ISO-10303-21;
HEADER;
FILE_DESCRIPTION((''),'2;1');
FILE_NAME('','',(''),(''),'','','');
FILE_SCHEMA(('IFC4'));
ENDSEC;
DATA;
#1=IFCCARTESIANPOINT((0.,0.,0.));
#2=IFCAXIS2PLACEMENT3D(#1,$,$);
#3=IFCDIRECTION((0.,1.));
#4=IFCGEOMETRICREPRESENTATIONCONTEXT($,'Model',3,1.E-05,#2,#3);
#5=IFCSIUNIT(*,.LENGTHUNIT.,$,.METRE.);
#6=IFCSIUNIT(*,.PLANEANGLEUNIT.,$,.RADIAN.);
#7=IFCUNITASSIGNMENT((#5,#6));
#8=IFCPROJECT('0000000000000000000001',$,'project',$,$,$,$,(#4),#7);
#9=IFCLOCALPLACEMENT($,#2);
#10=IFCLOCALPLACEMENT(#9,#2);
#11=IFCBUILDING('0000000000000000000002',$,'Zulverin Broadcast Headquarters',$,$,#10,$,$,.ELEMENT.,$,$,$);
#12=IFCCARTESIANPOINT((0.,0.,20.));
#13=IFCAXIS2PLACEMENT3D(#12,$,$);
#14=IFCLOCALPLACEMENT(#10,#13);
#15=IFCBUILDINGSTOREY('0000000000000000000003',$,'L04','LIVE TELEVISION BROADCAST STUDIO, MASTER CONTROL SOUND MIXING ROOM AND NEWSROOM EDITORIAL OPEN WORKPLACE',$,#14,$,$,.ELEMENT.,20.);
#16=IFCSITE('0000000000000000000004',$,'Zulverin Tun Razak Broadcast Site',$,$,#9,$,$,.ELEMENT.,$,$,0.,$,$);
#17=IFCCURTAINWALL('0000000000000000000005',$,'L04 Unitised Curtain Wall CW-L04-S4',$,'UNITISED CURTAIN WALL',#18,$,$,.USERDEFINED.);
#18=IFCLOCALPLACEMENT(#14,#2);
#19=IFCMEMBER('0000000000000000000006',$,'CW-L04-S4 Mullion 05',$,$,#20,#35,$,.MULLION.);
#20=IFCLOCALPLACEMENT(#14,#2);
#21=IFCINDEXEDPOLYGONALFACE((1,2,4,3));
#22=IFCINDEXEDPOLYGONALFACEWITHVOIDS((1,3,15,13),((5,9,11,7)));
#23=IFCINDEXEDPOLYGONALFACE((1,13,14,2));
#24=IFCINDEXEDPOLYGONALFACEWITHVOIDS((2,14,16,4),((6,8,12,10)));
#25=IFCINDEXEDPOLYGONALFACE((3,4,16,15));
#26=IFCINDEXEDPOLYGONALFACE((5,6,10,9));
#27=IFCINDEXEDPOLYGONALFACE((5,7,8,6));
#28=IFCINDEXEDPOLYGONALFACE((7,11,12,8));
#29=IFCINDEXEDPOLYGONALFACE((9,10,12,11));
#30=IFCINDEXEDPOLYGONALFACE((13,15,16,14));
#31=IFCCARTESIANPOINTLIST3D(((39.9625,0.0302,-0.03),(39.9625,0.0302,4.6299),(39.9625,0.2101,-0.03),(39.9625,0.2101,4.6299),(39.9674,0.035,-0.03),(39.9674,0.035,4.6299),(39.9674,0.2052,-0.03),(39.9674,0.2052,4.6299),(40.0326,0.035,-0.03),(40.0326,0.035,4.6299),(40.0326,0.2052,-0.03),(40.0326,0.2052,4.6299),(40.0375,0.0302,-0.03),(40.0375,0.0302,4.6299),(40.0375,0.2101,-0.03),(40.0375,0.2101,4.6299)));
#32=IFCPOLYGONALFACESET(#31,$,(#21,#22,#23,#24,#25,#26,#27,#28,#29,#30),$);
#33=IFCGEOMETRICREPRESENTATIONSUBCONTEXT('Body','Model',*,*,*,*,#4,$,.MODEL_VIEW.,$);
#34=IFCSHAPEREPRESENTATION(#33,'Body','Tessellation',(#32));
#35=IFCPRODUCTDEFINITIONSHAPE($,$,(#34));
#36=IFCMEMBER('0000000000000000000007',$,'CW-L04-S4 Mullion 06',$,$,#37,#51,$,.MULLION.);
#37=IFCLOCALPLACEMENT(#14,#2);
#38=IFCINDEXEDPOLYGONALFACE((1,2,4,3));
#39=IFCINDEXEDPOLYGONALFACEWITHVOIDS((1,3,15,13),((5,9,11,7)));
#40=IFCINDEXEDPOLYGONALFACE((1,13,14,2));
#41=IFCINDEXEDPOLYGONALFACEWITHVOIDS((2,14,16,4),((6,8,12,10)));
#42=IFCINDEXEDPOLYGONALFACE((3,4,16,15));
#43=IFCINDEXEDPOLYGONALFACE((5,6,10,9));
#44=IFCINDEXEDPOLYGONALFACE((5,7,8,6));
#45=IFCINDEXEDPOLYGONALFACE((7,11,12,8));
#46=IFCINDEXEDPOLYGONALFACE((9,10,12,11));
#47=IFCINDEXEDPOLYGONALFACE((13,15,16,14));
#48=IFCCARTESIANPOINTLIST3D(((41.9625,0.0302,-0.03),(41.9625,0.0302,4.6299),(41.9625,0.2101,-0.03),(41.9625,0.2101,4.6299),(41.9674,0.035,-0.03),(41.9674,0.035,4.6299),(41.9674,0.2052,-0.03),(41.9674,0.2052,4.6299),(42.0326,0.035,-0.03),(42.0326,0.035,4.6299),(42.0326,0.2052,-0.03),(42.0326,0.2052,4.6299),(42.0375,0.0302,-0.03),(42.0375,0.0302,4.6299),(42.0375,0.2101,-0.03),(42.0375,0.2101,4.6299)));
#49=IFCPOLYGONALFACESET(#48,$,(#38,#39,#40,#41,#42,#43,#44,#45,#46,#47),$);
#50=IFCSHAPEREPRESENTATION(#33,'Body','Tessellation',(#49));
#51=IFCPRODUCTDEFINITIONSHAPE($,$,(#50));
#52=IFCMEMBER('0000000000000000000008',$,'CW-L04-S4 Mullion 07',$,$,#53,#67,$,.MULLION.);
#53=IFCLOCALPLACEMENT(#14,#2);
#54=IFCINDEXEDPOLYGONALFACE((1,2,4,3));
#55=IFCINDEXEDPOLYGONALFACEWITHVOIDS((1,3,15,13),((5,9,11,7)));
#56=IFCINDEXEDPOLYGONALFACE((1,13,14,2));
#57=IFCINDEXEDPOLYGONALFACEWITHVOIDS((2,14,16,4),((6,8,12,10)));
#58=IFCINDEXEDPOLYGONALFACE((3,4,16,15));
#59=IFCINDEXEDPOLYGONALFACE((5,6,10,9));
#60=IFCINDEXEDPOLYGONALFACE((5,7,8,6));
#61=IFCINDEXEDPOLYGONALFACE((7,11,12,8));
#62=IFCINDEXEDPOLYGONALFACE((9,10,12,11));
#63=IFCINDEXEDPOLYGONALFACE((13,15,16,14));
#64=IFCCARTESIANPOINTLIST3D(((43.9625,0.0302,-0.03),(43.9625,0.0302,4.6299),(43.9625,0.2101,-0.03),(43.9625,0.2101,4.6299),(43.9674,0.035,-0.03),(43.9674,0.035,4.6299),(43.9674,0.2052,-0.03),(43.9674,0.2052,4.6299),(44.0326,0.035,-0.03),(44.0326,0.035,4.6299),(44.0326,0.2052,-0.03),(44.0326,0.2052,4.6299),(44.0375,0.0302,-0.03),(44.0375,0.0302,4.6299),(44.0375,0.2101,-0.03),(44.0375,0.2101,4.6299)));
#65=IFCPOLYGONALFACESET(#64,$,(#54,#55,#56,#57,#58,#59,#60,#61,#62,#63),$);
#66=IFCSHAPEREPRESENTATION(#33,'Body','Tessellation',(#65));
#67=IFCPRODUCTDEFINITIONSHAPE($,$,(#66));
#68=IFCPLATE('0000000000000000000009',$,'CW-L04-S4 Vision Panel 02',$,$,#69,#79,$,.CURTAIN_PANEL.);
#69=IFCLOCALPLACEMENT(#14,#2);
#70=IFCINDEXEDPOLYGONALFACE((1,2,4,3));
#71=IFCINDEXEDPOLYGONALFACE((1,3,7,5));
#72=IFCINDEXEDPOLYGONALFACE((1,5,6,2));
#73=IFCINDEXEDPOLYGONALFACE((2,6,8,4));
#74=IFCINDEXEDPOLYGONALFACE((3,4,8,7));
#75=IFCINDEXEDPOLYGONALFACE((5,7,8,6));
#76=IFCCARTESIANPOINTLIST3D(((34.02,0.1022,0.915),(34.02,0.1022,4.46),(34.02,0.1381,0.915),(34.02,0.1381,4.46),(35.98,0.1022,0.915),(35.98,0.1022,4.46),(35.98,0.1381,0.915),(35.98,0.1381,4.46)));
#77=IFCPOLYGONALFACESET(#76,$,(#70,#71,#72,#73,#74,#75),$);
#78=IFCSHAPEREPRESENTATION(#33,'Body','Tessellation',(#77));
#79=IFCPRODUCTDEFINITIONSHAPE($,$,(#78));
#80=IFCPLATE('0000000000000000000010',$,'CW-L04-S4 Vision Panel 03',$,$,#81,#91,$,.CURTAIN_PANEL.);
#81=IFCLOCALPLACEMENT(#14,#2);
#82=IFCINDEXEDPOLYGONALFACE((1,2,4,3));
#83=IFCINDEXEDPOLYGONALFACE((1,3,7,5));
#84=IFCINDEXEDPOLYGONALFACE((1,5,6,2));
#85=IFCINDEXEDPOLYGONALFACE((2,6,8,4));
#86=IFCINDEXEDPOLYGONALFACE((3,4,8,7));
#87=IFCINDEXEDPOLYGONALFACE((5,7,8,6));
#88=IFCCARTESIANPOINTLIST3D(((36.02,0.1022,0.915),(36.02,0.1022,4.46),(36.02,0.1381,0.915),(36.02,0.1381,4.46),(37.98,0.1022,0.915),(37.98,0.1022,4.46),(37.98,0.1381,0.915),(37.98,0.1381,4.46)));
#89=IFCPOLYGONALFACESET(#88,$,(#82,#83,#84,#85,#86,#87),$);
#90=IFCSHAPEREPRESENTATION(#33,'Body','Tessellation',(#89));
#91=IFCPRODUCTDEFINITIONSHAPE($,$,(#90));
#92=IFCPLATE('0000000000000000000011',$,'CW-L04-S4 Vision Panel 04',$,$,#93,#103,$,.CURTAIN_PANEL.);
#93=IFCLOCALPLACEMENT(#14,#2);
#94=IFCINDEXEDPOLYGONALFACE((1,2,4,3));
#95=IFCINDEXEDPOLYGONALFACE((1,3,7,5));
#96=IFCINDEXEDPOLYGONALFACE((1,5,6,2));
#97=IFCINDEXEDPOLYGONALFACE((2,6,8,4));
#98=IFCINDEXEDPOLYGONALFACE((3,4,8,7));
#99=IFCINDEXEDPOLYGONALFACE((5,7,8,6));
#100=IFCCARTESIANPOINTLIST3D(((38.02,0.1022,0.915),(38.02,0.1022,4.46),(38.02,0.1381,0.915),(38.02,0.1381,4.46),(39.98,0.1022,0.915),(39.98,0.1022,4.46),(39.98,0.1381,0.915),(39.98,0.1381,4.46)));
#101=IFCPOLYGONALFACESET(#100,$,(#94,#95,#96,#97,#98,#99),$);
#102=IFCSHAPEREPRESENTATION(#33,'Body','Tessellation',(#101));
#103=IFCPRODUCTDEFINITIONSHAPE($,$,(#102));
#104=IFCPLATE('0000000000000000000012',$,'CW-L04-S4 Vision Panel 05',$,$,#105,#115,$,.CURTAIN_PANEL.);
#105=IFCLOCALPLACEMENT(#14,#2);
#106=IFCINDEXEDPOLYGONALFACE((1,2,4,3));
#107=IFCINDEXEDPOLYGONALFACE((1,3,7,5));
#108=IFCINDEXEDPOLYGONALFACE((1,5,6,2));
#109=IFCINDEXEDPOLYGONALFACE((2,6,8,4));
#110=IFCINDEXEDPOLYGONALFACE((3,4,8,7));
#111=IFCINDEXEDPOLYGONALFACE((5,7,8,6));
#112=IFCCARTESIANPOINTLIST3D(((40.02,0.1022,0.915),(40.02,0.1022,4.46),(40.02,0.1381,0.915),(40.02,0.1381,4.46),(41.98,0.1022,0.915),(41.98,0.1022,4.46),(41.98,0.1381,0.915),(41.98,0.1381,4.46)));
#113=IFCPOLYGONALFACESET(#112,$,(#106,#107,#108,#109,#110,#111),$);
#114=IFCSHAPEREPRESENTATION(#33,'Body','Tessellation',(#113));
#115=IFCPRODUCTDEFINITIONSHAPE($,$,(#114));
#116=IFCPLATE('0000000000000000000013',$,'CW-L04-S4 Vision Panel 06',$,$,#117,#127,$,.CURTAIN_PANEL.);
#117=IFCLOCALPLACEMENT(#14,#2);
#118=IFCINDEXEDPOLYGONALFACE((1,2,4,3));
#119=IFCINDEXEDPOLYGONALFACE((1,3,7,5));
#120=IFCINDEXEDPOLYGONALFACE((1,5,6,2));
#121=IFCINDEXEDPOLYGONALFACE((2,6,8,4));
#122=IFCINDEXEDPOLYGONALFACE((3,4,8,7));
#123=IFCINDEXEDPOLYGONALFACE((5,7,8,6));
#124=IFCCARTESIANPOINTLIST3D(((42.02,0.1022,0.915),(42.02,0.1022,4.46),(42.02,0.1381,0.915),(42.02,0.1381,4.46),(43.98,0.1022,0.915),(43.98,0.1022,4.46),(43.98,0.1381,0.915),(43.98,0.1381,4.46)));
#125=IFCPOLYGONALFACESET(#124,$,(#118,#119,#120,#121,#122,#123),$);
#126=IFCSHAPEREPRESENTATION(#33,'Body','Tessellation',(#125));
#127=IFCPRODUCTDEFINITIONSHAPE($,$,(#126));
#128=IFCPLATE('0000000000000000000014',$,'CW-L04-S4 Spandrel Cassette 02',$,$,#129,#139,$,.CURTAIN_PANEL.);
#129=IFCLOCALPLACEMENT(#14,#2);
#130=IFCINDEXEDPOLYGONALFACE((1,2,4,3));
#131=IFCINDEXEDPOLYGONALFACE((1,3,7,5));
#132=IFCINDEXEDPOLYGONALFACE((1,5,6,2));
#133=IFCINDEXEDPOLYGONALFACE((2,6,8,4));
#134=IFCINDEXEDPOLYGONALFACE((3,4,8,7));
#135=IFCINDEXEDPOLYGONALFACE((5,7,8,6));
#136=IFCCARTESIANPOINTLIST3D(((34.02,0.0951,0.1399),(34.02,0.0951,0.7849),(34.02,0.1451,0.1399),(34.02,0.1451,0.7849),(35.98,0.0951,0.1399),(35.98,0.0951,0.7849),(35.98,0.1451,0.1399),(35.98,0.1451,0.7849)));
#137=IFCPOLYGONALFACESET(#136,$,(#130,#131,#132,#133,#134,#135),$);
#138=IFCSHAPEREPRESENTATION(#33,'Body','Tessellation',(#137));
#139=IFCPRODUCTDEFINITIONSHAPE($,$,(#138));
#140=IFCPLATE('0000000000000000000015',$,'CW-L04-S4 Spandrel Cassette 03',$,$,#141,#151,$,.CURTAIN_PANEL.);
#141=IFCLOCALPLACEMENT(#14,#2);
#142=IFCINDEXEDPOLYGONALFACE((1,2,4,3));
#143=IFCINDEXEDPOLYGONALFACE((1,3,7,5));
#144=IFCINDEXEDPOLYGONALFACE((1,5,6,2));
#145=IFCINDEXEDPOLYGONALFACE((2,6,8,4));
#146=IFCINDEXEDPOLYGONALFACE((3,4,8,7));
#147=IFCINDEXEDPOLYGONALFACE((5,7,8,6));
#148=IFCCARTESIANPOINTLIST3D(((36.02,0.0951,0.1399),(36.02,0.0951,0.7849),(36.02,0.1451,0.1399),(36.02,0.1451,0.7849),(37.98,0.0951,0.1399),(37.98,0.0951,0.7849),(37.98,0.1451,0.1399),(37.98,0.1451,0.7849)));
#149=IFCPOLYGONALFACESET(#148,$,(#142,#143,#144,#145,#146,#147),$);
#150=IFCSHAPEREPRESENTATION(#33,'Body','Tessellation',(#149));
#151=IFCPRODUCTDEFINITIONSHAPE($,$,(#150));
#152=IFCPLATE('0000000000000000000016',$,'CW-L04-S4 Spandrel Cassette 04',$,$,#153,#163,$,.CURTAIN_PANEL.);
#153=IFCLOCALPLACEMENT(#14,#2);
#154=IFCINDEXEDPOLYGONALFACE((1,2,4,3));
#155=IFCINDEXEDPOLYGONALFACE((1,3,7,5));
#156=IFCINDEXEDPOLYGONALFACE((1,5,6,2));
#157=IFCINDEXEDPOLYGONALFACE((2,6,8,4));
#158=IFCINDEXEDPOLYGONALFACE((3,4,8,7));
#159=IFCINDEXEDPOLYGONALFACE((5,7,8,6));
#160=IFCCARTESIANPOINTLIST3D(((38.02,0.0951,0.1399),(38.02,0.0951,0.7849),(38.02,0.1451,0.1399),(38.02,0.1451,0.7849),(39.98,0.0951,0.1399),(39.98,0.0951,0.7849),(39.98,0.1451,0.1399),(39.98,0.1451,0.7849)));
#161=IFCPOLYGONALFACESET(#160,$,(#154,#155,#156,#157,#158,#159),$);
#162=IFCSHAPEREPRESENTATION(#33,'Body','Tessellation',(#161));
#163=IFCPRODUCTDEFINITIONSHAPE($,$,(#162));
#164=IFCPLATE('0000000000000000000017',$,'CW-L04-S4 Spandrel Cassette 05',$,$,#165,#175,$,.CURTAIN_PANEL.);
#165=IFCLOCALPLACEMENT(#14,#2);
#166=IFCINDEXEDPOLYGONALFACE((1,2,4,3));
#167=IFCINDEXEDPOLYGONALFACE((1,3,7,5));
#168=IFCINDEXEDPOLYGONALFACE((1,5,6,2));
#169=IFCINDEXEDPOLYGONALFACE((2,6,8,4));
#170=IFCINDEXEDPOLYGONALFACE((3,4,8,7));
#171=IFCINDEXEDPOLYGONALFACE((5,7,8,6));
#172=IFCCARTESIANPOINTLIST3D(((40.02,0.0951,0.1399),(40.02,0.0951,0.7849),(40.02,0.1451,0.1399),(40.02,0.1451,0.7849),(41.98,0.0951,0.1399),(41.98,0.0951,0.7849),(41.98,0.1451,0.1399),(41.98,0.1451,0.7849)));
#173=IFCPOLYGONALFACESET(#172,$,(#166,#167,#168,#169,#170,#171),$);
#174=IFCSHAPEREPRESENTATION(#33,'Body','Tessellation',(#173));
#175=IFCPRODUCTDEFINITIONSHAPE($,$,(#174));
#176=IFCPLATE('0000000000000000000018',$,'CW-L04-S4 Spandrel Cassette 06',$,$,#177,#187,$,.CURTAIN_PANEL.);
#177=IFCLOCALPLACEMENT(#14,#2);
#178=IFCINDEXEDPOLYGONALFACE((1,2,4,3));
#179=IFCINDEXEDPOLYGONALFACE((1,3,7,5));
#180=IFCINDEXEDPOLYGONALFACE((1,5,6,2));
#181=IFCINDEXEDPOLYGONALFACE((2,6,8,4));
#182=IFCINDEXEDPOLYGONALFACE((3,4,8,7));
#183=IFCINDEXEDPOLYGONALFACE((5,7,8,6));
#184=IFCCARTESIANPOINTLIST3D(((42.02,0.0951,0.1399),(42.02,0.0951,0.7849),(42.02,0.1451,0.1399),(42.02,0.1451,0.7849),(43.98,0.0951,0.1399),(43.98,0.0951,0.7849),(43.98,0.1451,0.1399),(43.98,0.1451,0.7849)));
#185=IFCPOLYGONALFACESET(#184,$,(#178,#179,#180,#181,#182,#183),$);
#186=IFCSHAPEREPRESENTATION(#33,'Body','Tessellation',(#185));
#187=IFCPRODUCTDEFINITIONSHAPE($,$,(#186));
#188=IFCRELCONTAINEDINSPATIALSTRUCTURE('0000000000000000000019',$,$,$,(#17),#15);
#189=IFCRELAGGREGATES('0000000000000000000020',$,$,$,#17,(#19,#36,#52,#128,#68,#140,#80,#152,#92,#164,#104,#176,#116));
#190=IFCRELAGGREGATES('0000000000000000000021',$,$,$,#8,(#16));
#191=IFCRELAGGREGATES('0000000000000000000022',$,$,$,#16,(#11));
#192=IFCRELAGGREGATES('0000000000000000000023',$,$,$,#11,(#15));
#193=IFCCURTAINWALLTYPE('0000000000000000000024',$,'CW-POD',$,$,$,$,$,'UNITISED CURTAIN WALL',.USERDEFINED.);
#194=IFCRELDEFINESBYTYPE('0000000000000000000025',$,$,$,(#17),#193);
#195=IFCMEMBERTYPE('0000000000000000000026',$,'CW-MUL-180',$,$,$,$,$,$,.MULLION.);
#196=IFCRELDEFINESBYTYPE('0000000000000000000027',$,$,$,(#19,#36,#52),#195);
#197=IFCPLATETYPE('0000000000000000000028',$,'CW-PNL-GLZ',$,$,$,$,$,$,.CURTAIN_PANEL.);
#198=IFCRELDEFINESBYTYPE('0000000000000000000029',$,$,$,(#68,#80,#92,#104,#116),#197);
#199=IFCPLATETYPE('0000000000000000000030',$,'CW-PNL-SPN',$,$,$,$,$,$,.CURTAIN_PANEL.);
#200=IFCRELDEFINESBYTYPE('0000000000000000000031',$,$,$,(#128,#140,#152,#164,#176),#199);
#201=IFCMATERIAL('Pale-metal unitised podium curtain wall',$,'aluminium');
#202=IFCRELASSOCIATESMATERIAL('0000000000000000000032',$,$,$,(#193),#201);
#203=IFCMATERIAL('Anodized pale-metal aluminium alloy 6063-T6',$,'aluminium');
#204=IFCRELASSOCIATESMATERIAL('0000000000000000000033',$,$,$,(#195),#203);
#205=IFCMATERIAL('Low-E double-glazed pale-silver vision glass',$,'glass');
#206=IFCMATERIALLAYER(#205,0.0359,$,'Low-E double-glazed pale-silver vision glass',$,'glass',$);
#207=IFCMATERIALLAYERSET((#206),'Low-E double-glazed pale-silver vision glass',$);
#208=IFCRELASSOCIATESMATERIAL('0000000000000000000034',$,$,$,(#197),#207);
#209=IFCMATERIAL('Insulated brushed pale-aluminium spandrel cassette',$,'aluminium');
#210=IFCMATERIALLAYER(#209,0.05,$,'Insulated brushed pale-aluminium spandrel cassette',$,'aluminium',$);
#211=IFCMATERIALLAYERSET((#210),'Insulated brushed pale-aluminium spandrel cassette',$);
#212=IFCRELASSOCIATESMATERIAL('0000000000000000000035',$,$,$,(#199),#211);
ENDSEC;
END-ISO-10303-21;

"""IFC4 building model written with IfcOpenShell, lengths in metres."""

from ifc_helpers import new_model, si_unit, direction, frame, origin, origin_2d, place, context, subcontext, project, spatial, rectangle, hollow_rectangle, extrude, material, layer, layer_set, material_profile, profile_set, type_object, element, aggregate, save


model = new_model("IFC4")

# Units and contexts
model_context = context("Model", 3, precision=1e-05, world=origin(), true_north=direction((0.0, 1.0)))
body_context = subcontext(model_context, "Body", "Model", "MODEL_VIEW")
ifc_project = project(units=[si_unit("LENGTHUNIT", "METRE"), si_unit("PLANEANGLEUNIT", "RADIAN")], contexts=[model_context])

# Site, building, storey
site_placement = place(None, origin())
site = spatial("IfcSite", under=ifc_project, at=site_placement, Name="Zulverin Tun Razak Broadcast Site", CompositionType="ELEMENT", RefElevation=0.0)
building_placement = place(site_placement, origin())
building = spatial("IfcBuilding", under=site, at=building_placement, Name="Zulverin Broadcast Headquarters", CompositionType="ELEMENT")
storey_placement = place(building_placement, frame((0.0, 0.0, 20.0)))
storey = spatial("IfcBuildingStorey", under=building, at=storey_placement, Name="L04", Description="LIVE TELEVISION BROADCAST STUDIO, MASTER CONTROL SOUND MIXING ROOM AND NEWSROOM EDITORIAL OPEN WORKPLACE", CompositionType="ELEMENT", Elevation=20.0)

# Curtain wall, members, plates
ifc_material_1 = material(Name="Pale-metal unitised podium curtain wall", Category="aluminium")
curtain_wall_type = type_object("IfcCurtainWallType", Name="CW-POD", ElementType="UNITISED CURTAIN WALL", PredefinedType="USERDEFINED", material=ifc_material_1)
curtain_wall_placement = place(storey_placement, origin())
curtain_wall = element("IfcCurtainWall", 1, at=curtain_wall_placement, inside=storey, type_object=curtain_wall_type, Name="L04 Unitised Curtain Wall CW-L04-S4", ObjectType="UNITISED CURTAIN WALL", PredefinedType="USERDEFINED")
ifc_material_2 = material(Name="Anodized pale-metal aluminium alloy 6063-T6", Category="aluminium")
ifc_material_profile_1 = material_profile(ifc_material_2, hollow_rectangle(XDim=0.075, YDim=0.1799, WallThickness=0.0049, at=origin_2d()), Name="Anodized pale-metal aluminium alloy 6063-T6", Category="aluminium")
ifc_profile_set_1 = profile_set([ifc_material_profile_1], Name="Anodized pale-metal aluminium alloy 6063-T6")
member_type = type_object("IfcMemberType", Name="CW-MUL-180", PredefinedType="MULLION", material=ifc_profile_set_1)
member_1_placement = place(storey_placement, frame((40.0, 0.1201, -0.03), z_axis=(0.0, 0.0, 1.0), x_axis=(1.0, 0.0, 0.0)))
member_1 = element("IfcMember", 2, at=member_1_placement, type_object=member_type, Name="CW-L04-S4 Mullion 05", PredefinedType="MULLION", context=body_context, shape_type="SweptSolid", body=[
    extrude(hollow_rectangle(XDim=0.075, YDim=0.1799, WallThickness=0.0049, at=origin_2d()), origin(), (0.0, 0.0, 1.0), 4.6599),
])
member_2_placement = place(storey_placement, frame((42.0, 0.1201, -0.03), z_axis=(0.0, 0.0, 1.0), x_axis=(1.0, 0.0, 0.0)))
member_2 = element("IfcMember", 3, at=member_2_placement, type_object=member_type, Name="CW-L04-S4 Mullion 06", PredefinedType="MULLION", context=body_context, shape_type="SweptSolid", body=[
    extrude(hollow_rectangle(XDim=0.075, YDim=0.1799, WallThickness=0.0049, at=origin_2d()), origin(), (0.0, 0.0, 1.0), 4.6599),
])
member_3_placement = place(storey_placement, frame((44.0, 0.1201, -0.03), z_axis=(0.0, 0.0, 1.0), x_axis=(1.0, 0.0, 0.0)))
member_3 = element("IfcMember", 4, at=member_3_placement, type_object=member_type, Name="CW-L04-S4 Mullion 07", PredefinedType="MULLION", context=body_context, shape_type="SweptSolid", body=[
    extrude(hollow_rectangle(XDim=0.075, YDim=0.1799, WallThickness=0.0049, at=origin_2d()), origin(), (0.0, 0.0, 1.0), 4.6599),
])
ifc_material_3 = material(Name="Low-E double-glazed pale-silver vision glass", Category="glass")
ifc_layer_1 = layer(ifc_material_3, 0.0359, Name="Low-E double-glazed pale-silver vision glass", Category="glass")
ifc_layer_set_1 = layer_set([ifc_layer_1], Name="Low-E double-glazed pale-silver vision glass")
plate_type_1 = type_object("IfcPlateType", Name="CW-PNL-GLZ", PredefinedType="CURTAIN_PANEL", material=ifc_layer_set_1)
plate_1_placement = place(storey_placement, frame((35.0, 0.1201, 0.915), z_axis=(0.0, 0.0, 1.0), x_axis=(1.0, 0.0, 0.0)))
plate_1 = element("IfcPlate", 5, at=plate_1_placement, type_object=plate_type_1, Name="CW-L04-S4 Vision Panel 02", PredefinedType="CURTAIN_PANEL", context=body_context, shape_type="SweptSolid", body=[
    extrude(rectangle(XDim=1.96, YDim=0.0359, at=origin_2d()), origin(), (0.0, 0.0, 1.0), 3.5449),
])
plate_2_placement = place(storey_placement, frame((37.0, 0.1201, 0.915), z_axis=(0.0, 0.0, 1.0), x_axis=(1.0, 0.0, 0.0)))
plate_2 = element("IfcPlate", 6, at=plate_2_placement, type_object=plate_type_1, Name="CW-L04-S4 Vision Panel 03", PredefinedType="CURTAIN_PANEL", context=body_context, shape_type="SweptSolid", body=[
    extrude(rectangle(XDim=1.96, YDim=0.0359, at=origin_2d()), origin(), (0.0, 0.0, 1.0), 3.5449),
])
plate_3_placement = place(storey_placement, frame((39.0, 0.1201, 0.915), z_axis=(0.0, 0.0, 1.0), x_axis=(1.0, 0.0, 0.0)))
plate_3 = element("IfcPlate", 7, at=plate_3_placement, type_object=plate_type_1, Name="CW-L04-S4 Vision Panel 04", PredefinedType="CURTAIN_PANEL", context=body_context, shape_type="SweptSolid", body=[
    extrude(rectangle(XDim=1.96, YDim=0.0359, at=origin_2d()), origin(), (0.0, 0.0, 1.0), 3.5449),
])
plate_4_placement = place(storey_placement, frame((41.0, 0.1201, 0.915), z_axis=(0.0, 0.0, 1.0), x_axis=(1.0, 0.0, 0.0)))
plate_4 = element("IfcPlate", 8, at=plate_4_placement, type_object=plate_type_1, Name="CW-L04-S4 Vision Panel 05", PredefinedType="CURTAIN_PANEL", context=body_context, shape_type="SweptSolid", body=[
    extrude(rectangle(XDim=1.96, YDim=0.0359, at=origin_2d()), origin(), (0.0, 0.0, 1.0), 3.5449),
])
plate_5_placement = place(storey_placement, frame((43.0, 0.1201, 0.915), z_axis=(0.0, 0.0, 1.0), x_axis=(1.0, 0.0, 0.0)))
plate_5 = element("IfcPlate", 9, at=plate_5_placement, type_object=plate_type_1, Name="CW-L04-S4 Vision Panel 06", PredefinedType="CURTAIN_PANEL", context=body_context, shape_type="SweptSolid", body=[
    extrude(rectangle(XDim=1.96, YDim=0.0359, at=origin_2d()), origin(), (0.0, 0.0, 1.0), 3.5449),
])
ifc_material_4 = material(Name="Insulated brushed pale-aluminium spandrel cassette", Category="aluminium")
ifc_layer_2 = layer(ifc_material_4, 0.05, Name="Insulated brushed pale-aluminium spandrel cassette", Category="aluminium")
ifc_layer_set_2 = layer_set([ifc_layer_2], Name="Insulated brushed pale-aluminium spandrel cassette")
plate_type_2 = type_object("IfcPlateType", Name="CW-PNL-SPN", PredefinedType="CURTAIN_PANEL", material=ifc_layer_set_2)
plate_6_placement = place(storey_placement, frame((35.0, 0.1201, 0.1399), z_axis=(0.0, 0.0, 1.0), x_axis=(1.0, 0.0, 0.0)))
plate_6 = element("IfcPlate", 10, at=plate_6_placement, type_object=plate_type_2, Name="CW-L04-S4 Spandrel Cassette 02", PredefinedType="CURTAIN_PANEL", context=body_context, shape_type="SweptSolid", body=[
    extrude(rectangle(XDim=1.96, YDim=0.05, at=origin_2d()), origin(), (0.0, 0.0, 1.0), 0.645),
])
plate_7_placement = place(storey_placement, frame((37.0, 0.1201, 0.1399), z_axis=(0.0, 0.0, 1.0), x_axis=(1.0, 0.0, 0.0)))
plate_7 = element("IfcPlate", 11, at=plate_7_placement, type_object=plate_type_2, Name="CW-L04-S4 Spandrel Cassette 03", PredefinedType="CURTAIN_PANEL", context=body_context, shape_type="SweptSolid", body=[
    extrude(rectangle(XDim=1.96, YDim=0.05, at=origin_2d()), origin(), (0.0, 0.0, 1.0), 0.645),
])
plate_8_placement = place(storey_placement, frame((39.0, 0.1201, 0.1399), z_axis=(0.0, 0.0, 1.0), x_axis=(1.0, 0.0, 0.0)))
plate_8 = element("IfcPlate", 12, at=plate_8_placement, type_object=plate_type_2, Name="CW-L04-S4 Spandrel Cassette 04", PredefinedType="CURTAIN_PANEL", context=body_context, shape_type="SweptSolid", body=[
    extrude(rectangle(XDim=1.96, YDim=0.05, at=origin_2d()), origin(), (0.0, 0.0, 1.0), 0.645),
])
plate_9_placement = place(storey_placement, frame((41.0, 0.1201, 0.1399), z_axis=(0.0, 0.0, 1.0), x_axis=(1.0, 0.0, 0.0)))
plate_9 = element("IfcPlate", 13, at=plate_9_placement, type_object=plate_type_2, Name="CW-L04-S4 Spandrel Cassette 05", PredefinedType="CURTAIN_PANEL", context=body_context, shape_type="SweptSolid", body=[
    extrude(rectangle(XDim=1.96, YDim=0.05, at=origin_2d()), origin(), (0.0, 0.0, 1.0), 0.645),
])
plate_10_placement = place(storey_placement, frame((43.0, 0.1201, 0.1399), z_axis=(0.0, 0.0, 1.0), x_axis=(1.0, 0.0, 0.0)))
plate_10 = element("IfcPlate", 14, at=plate_10_placement, type_object=plate_type_2, Name="CW-L04-S4 Spandrel Cassette 06", PredefinedType="CURTAIN_PANEL", context=body_context, shape_type="SweptSolid", body=[
    extrude(rectangle(XDim=1.96, YDim=0.05, at=origin_2d()), origin(), (0.0, 0.0, 1.0), 0.645),
])
aggregate(curtain_wall, [member_1, member_2, member_3, plate_6, plate_1, plate_7, plate_2, plate_8, plate_3, plate_9, plate_4, plate_10, plate_5])

save(model, "model.ifc")
